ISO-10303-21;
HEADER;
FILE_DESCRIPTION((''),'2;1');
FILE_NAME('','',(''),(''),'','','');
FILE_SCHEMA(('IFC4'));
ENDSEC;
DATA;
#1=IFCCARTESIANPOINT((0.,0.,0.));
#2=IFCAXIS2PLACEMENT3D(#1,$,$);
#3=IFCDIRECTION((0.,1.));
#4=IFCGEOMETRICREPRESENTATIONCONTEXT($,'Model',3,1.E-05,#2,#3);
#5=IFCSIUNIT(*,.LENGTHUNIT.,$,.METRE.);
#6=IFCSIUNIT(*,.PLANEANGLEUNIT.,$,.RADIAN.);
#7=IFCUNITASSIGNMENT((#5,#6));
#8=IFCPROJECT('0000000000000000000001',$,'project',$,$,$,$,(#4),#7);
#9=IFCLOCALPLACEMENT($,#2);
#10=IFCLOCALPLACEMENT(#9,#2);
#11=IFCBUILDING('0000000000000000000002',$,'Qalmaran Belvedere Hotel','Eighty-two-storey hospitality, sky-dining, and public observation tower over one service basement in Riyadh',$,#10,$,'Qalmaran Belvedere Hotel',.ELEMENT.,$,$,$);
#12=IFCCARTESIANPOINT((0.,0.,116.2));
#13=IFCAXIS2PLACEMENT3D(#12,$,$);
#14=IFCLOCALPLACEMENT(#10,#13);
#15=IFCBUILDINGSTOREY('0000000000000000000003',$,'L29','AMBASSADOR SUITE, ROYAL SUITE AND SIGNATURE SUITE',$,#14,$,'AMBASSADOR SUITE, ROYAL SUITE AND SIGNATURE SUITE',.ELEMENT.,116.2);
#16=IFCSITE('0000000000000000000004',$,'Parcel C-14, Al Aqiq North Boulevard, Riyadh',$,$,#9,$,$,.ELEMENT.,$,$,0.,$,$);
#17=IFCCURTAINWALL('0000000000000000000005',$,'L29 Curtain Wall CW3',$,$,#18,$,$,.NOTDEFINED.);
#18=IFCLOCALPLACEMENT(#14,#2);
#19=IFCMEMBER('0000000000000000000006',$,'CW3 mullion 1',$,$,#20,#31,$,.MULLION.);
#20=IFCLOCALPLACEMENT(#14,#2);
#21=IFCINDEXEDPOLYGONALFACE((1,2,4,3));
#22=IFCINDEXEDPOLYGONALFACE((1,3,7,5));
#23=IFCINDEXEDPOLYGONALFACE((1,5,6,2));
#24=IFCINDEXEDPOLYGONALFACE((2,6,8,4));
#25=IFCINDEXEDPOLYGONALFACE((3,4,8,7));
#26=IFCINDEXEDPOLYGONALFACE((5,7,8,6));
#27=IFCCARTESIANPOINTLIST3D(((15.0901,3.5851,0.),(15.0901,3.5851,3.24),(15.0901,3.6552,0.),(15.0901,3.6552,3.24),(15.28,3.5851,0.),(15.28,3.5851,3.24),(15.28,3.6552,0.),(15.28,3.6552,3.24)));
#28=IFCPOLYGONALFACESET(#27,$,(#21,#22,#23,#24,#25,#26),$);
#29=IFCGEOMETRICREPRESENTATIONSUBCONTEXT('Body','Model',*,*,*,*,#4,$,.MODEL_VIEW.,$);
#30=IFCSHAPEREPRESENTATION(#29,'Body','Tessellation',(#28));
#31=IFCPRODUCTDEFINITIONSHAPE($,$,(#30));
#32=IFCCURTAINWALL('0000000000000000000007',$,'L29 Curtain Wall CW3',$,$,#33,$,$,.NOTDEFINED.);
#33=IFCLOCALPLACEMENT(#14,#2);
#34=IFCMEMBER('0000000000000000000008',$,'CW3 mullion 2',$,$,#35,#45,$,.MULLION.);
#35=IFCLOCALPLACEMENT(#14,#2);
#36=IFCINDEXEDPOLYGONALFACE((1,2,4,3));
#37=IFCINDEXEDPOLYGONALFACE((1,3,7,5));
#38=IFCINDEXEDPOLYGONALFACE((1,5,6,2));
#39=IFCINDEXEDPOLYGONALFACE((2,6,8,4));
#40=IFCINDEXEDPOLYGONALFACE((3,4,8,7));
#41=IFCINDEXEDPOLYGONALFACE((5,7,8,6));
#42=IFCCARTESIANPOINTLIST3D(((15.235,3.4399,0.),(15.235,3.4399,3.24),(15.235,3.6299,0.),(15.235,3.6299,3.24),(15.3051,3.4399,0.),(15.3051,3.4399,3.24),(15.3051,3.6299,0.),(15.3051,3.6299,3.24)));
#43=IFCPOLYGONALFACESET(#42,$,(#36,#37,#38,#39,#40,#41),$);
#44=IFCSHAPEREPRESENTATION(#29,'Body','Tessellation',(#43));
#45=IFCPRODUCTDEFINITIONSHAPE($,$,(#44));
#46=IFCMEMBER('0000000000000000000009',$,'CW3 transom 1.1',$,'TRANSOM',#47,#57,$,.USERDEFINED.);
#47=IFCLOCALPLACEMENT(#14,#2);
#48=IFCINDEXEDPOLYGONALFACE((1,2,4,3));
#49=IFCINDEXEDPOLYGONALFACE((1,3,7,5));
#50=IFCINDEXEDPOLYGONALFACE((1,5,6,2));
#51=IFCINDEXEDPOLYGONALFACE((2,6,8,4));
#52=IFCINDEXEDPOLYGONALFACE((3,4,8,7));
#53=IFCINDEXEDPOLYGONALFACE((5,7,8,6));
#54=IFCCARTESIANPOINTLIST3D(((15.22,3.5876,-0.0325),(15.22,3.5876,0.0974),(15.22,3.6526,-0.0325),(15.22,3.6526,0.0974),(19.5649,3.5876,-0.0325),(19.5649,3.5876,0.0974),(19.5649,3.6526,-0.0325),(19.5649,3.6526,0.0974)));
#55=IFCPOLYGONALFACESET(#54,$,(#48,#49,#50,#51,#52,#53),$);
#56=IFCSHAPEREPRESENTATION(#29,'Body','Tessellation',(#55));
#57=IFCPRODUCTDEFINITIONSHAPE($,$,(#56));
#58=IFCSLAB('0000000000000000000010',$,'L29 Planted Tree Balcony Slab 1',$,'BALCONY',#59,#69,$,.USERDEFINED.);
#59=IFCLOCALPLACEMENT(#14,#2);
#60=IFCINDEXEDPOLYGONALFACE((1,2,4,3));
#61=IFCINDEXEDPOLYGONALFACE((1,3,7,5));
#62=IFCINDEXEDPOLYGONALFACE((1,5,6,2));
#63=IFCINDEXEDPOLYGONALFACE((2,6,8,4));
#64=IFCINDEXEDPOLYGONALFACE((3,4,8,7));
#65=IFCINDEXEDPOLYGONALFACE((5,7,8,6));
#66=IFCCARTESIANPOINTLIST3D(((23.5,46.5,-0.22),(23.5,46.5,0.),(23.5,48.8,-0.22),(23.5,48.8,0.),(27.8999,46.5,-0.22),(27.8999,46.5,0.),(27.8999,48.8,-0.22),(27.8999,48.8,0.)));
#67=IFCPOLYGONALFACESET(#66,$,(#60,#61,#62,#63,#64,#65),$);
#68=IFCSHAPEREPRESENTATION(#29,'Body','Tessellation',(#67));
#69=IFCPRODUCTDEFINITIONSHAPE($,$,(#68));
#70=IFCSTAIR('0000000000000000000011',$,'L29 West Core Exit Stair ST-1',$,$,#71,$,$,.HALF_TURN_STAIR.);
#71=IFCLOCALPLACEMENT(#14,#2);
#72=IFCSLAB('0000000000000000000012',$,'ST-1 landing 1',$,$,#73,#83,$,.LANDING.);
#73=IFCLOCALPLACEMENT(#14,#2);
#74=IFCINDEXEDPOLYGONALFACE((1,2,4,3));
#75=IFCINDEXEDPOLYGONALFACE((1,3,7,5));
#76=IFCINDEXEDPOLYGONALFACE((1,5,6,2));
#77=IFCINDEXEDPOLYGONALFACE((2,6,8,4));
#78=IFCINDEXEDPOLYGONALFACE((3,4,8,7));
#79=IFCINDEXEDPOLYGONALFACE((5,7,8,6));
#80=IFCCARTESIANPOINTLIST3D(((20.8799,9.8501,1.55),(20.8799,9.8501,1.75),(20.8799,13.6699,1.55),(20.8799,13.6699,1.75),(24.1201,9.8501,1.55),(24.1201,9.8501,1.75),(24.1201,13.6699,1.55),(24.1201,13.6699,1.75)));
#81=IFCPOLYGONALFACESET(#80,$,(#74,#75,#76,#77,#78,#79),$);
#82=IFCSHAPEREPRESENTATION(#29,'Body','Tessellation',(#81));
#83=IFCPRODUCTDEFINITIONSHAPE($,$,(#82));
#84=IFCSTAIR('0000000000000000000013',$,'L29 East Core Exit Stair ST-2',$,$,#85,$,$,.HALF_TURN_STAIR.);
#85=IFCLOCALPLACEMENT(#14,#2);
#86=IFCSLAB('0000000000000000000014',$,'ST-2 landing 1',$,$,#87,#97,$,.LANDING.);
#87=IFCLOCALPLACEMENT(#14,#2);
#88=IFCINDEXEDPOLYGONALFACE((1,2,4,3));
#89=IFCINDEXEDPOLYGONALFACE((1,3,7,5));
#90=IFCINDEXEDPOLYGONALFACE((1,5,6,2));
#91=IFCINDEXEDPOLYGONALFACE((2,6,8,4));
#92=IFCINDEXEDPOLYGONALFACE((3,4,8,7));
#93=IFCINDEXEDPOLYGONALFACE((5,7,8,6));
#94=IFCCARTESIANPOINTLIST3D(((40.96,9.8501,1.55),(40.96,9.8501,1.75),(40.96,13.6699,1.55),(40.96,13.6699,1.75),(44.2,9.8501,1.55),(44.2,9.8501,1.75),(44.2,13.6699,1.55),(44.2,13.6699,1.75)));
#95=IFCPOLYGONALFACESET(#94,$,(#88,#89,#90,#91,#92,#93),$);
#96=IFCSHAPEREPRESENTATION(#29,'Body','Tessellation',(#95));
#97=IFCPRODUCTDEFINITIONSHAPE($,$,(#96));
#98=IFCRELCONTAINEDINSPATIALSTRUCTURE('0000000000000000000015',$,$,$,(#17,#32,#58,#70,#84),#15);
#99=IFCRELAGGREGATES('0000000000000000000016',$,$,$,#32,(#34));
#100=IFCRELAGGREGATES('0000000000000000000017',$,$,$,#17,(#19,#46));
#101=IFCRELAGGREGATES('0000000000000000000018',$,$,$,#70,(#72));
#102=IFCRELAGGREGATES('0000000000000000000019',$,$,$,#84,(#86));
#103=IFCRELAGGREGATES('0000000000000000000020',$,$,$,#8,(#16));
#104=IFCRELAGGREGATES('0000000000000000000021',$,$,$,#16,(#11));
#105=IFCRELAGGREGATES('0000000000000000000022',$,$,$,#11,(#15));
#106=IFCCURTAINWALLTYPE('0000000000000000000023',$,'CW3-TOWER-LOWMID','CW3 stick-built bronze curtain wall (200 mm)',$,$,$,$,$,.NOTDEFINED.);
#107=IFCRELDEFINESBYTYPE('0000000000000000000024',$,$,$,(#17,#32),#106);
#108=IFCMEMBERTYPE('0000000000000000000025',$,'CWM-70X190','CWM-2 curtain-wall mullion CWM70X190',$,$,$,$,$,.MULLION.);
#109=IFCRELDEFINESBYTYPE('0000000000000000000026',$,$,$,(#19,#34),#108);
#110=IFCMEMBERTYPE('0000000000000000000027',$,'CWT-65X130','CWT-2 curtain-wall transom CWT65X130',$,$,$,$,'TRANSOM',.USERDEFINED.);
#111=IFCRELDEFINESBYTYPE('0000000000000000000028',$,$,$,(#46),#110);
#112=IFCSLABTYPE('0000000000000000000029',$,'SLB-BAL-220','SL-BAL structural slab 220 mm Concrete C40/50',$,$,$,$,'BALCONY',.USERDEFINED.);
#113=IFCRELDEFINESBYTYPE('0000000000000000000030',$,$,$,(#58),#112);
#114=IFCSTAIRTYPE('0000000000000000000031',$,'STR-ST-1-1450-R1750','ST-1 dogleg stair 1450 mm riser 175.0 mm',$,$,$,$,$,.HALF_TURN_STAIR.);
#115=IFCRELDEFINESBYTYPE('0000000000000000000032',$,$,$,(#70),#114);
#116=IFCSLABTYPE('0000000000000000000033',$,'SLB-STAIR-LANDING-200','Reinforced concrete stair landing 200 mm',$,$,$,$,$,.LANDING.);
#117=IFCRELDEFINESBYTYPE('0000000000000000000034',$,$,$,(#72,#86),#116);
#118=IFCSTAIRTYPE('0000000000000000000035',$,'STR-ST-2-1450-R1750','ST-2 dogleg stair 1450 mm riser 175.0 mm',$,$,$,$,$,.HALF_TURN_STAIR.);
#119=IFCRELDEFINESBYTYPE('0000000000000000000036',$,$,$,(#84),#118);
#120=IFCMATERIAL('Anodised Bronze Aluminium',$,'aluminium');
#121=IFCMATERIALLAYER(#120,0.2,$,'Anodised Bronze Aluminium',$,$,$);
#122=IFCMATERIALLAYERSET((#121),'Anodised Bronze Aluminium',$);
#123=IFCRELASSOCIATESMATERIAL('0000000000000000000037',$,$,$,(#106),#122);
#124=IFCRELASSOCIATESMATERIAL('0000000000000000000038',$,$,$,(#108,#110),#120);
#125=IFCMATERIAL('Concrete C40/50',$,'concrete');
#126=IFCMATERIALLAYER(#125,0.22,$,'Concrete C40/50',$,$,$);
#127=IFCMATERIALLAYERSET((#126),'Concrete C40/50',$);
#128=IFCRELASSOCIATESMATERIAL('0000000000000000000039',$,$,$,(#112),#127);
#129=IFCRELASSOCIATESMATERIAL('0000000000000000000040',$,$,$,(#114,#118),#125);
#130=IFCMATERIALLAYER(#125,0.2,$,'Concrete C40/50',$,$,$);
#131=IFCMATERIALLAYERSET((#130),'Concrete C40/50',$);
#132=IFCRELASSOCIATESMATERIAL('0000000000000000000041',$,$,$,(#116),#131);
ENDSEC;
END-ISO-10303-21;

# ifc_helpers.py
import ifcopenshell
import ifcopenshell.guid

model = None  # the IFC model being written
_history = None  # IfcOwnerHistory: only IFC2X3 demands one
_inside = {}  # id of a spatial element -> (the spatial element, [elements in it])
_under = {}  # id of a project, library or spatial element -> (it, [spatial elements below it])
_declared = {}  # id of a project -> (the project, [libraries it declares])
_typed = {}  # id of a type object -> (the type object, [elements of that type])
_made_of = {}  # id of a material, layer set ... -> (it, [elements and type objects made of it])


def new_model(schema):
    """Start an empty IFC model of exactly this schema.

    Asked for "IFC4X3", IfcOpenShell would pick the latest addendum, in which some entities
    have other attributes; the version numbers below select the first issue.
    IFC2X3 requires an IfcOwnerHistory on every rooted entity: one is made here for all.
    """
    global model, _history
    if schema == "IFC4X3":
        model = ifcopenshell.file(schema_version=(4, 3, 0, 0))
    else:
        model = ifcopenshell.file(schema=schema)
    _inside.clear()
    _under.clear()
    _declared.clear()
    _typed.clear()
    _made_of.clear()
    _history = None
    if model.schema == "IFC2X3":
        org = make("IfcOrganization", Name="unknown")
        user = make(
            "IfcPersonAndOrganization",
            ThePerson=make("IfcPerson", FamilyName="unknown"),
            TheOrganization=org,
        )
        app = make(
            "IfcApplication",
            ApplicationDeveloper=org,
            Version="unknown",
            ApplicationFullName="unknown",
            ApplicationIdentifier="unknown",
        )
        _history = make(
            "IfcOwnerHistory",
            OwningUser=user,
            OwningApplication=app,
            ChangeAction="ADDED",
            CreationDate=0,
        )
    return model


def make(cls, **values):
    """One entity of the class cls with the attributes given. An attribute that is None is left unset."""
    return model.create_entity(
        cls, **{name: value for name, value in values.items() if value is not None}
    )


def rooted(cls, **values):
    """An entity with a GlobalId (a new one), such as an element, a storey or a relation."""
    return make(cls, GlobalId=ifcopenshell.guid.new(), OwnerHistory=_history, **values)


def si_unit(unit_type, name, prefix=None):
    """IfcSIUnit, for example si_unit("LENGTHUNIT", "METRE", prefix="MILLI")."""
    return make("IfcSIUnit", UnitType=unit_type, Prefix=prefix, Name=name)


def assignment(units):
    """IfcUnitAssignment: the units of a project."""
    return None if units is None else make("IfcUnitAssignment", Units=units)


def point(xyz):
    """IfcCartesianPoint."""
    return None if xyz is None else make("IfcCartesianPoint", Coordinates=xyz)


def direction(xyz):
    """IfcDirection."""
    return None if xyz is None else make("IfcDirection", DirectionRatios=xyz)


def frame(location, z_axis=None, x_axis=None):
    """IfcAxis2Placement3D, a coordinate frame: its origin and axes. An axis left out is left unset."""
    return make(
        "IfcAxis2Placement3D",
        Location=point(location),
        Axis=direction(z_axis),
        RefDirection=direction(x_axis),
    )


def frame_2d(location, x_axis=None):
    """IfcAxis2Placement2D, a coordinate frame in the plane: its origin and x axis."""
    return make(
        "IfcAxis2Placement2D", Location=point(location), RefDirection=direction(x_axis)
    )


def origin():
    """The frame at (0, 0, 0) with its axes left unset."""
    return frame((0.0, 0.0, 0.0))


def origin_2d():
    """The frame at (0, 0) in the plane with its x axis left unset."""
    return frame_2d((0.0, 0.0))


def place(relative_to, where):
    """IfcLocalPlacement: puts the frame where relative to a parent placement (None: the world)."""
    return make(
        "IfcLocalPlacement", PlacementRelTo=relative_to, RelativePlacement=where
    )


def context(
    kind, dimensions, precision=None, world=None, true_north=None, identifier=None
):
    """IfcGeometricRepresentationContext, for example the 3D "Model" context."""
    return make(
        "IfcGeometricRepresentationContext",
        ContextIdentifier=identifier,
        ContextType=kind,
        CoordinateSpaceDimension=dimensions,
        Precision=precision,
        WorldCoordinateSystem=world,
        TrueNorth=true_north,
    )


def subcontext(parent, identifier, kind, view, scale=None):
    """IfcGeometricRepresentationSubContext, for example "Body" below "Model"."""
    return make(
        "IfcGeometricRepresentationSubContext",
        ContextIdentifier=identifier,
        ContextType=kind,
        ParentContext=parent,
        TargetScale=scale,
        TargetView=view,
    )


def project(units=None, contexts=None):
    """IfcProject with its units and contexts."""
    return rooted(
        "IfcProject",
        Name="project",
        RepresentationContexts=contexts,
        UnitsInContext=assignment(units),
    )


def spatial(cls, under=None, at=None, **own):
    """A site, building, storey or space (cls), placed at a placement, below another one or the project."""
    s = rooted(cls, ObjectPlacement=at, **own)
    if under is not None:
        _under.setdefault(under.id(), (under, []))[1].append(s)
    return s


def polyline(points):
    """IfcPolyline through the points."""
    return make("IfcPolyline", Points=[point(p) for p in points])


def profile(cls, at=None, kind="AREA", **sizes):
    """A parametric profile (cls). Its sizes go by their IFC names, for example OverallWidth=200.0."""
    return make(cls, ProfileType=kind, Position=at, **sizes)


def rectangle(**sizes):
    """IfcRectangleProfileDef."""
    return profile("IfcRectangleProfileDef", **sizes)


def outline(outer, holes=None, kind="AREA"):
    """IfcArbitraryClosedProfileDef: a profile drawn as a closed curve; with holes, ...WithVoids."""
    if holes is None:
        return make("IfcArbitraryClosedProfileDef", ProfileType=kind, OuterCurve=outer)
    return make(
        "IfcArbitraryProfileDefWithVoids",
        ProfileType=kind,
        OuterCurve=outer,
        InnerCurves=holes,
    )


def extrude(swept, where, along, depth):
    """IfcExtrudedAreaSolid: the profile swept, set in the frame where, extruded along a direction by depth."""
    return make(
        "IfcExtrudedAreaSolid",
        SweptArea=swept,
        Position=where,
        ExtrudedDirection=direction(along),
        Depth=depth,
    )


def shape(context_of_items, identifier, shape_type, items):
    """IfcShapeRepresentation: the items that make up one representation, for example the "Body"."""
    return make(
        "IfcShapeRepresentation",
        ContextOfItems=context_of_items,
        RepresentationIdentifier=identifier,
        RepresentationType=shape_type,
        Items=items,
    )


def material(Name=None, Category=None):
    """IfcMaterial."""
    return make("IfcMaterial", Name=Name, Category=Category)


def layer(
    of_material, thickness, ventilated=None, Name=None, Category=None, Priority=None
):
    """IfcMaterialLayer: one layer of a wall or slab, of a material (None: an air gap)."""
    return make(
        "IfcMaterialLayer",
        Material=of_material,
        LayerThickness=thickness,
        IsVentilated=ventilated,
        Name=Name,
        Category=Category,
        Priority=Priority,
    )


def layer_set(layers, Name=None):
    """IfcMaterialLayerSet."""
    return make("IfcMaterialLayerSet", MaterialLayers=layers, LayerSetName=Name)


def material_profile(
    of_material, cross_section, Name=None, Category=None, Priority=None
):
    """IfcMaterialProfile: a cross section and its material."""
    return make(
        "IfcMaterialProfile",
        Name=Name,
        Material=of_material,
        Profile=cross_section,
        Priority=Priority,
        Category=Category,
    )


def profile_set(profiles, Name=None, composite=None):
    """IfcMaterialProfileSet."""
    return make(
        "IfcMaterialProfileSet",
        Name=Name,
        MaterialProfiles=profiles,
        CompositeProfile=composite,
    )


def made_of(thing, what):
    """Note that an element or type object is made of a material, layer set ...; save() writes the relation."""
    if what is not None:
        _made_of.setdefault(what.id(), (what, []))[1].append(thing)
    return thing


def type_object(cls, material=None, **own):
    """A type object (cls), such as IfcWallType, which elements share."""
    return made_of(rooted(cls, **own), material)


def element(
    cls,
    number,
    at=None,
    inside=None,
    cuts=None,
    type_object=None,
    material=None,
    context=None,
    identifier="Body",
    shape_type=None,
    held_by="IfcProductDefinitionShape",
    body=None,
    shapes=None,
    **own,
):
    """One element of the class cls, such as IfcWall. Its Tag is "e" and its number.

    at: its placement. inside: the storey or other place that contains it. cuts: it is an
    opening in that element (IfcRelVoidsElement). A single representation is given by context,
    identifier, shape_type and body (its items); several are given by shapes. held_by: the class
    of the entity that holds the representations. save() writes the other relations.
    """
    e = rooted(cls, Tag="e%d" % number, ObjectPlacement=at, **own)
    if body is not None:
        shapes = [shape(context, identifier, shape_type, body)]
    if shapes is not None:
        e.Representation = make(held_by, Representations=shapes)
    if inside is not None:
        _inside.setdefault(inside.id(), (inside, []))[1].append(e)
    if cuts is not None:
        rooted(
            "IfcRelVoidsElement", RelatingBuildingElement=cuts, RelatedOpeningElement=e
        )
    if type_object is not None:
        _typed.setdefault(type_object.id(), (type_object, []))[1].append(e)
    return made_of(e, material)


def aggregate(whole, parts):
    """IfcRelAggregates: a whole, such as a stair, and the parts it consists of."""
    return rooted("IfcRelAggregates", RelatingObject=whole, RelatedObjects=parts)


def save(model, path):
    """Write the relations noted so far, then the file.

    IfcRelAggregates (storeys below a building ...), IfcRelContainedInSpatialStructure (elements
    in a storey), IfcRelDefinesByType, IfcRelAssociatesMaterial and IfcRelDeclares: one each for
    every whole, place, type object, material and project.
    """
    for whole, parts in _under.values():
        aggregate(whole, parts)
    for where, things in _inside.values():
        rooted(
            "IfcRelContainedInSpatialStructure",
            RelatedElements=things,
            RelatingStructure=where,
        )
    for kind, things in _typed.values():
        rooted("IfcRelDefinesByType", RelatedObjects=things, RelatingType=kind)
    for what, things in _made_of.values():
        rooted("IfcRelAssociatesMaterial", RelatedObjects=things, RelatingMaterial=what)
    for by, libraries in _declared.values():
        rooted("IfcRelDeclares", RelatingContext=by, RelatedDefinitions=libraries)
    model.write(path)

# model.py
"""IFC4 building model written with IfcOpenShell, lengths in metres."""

from ifc_helpers import new_model, si_unit, direction, frame, origin, origin_2d, place, context, subcontext, project, spatial, polyline, rectangle, outline, extrude, material, layer, layer_set, material_profile, profile_set, type_object, element, aggregate, save


model = new_model("IFC4")

# Units and contexts
model_context = context("Model", 3, precision=1e-05, world=origin(), true_north=direction((0.0, 1.0)))
body_context = subcontext(model_context, "Body", "Model", "MODEL_VIEW")
ifc_project = project(units=[si_unit("LENGTHUNIT", "METRE"), si_unit("PLANEANGLEUNIT", "RADIAN")], contexts=[model_context])

# Site, building, storey
site_placement = place(None, origin())
site = spatial("IfcSite", under=ifc_project, at=site_placement, Name="Parcel C-14, Al Aqiq North Boulevard, Riyadh", CompositionType="ELEMENT", RefElevation=0.0)
building_placement = place(site_placement, origin())
building = spatial("IfcBuilding", under=site, at=building_placement, Name="Qalmaran Belvedere Hotel", Description="Eighty-two-storey hospitality, sky-dining, and public observation tower over one service basement in Riyadh", LongName="Qalmaran Belvedere Hotel", CompositionType="ELEMENT")
storey_placement = place(building_placement, frame((0.0, 0.0, 116.2)))
storey = spatial("IfcBuildingStorey", under=building, at=storey_placement, Name="L29", Description="AMBASSADOR SUITE, ROYAL SUITE AND SIGNATURE SUITE", LongName="AMBASSADOR SUITE, ROYAL SUITE AND SIGNATURE SUITE", CompositionType="ELEMENT", Elevation=116.2)

# Curtain walls, members
ifc_material_1 = material(Name="Anodised Bronze Aluminium", Category="aluminium")
ifc_layer_1 = layer(ifc_material_1, 0.2, Name="Anodised Bronze Aluminium")
ifc_layer_set_1 = layer_set([ifc_layer_1], Name="Anodised Bronze Aluminium")
curtain_wall_type = type_object("IfcCurtainWallType", Name="CW3-TOWER-LOWMID", Description="CW3 stick-built bronze curtain wall (200 mm)", PredefinedType="NOTDEFINED", material=ifc_layer_set_1)
curtain_wall_1_placement = place(storey_placement, origin())
curtain_wall_1 = element("IfcCurtainWall", 1, at=curtain_wall_1_placement, inside=storey, type_object=curtain_wall_type, Name="L29 Curtain Wall CW3", PredefinedType="NOTDEFINED")
ifc_material_profile_1 = material_profile(ifc_material_1, rectangle(XDim=0.0701, YDim=0.1899, at=origin_2d()), Name="CWM70X190")
ifc_profile_set_1 = profile_set([ifc_material_profile_1], Name="Anodised Bronze Aluminium")
member_type_1 = type_object("IfcMemberType", Name="CWM-70X190", Description="CWM-2 curtain-wall mullion CWM70X190", PredefinedType="MULLION", material=ifc_profile_set_1)
member_1_placement = place(storey_placement, frame((15.1851, 3.6201, 0.0), z_axis=(0.0, 0.0, 1.0), x_axis=(0.0, 1.0, 0.0)))
member_1 = element("IfcMember", 2, at=member_1_placement, type_object=member_type_1, Name="CW3 mullion 1", PredefinedType="MULLION", context=body_context, shape_type="SweptSolid", body=[
    extrude(rectangle(XDim=0.0701, YDim=0.1899, at=origin_2d()), origin(), (0.0, 0.0, 1.0), 3.24),
])
curtain_wall_2_placement = place(storey_placement, origin())
curtain_wall_2 = element("IfcCurtainWall", 3, at=curtain_wall_2_placement, inside=storey, type_object=curtain_wall_type, Name="L29 Curtain Wall CW3", PredefinedType="NOTDEFINED")
member_2_placement = place(storey_placement, frame((15.27, 3.5349, 0.0), z_axis=(0.0, 0.0, 1.0), x_axis=(1.0, 0.0, 0.0)))
member_2 = element("IfcMember", 4, at=member_2_placement, type_object=member_type_1, Name="CW3 mullion 2", PredefinedType="MULLION", context=body_context, shape_type="SweptSolid", body=[
    extrude(rectangle(XDim=0.0701, YDim=0.1899, at=origin_2d()), origin(), (0.0, 0.0, 1.0), 3.24),
])
aggregate(curtain_wall_2, [member_2])

# Member
ifc_material_profile_2 = material_profile(ifc_material_1, rectangle(XDim=0.0649, YDim=0.1299, at=origin_2d()), Name="CWT65X130")
ifc_profile_set_2 = profile_set([ifc_material_profile_2], Name="Anodised Bronze Aluminium")
member_type_2 = type_object("IfcMemberType", Name="CWT-65X130", Description="CWT-2 curtain-wall transom CWT65X130", ElementType="TRANSOM", PredefinedType="USERDEFINED", material=ifc_profile_set_2)
member_3_placement = place(storey_placement, frame((15.22, 3.6201, 0.0325), z_axis=(1.0, 0.0, 0.0), x_axis=(0.0, 1.0, 0.0)))
member_3 = element("IfcMember", 5, at=member_3_placement, type_object=member_type_2, Name="CW3 transom 1.1", ObjectType="TRANSOM", PredefinedType="USERDEFINED", context=body_context, shape_type="SweptSolid", body=[
    extrude(rectangle(XDim=0.0649, YDim=0.1299, at=origin_2d()), origin(), (0.0, 0.0, 1.0), 4.345),
])
aggregate(curtain_wall_1, [member_1, member_3])

# Slab
ifc_material_2 = material(Name="Concrete C40/50", Category="concrete")
ifc_layer_2 = layer(ifc_material_2, 0.22, Name="Concrete C40/50")
ifc_layer_set_2 = layer_set([ifc_layer_2], Name="Concrete C40/50")
slab_type_1 = type_object("IfcSlabType", Name="SLB-BAL-220", Description="SL-BAL structural slab 220 mm Concrete C40/50", ElementType="BALCONY", PredefinedType="USERDEFINED", material=ifc_layer_set_2)
slab_1_placement = place(storey_placement, frame((0.0, 0.0, -0.22)))
element("IfcSlab", 6, at=slab_1_placement, inside=storey, type_object=slab_type_1, Name="L29 Planted Tree Balcony Slab 1", ObjectType="BALCONY", PredefinedType="USERDEFINED", context=body_context, shape_type="SweptSolid", body=[
    extrude(outline(polyline([(23.5, 46.5), (27.8999, 46.5), (27.8999, 48.8), (23.5, 48.8), (23.5, 46.5)])), origin(), (0.0, 0.0, 1.0), 0.22),
])

# Stairs, slabs
stair_type_1 = type_object("IfcStairType", Name="STR-ST-1-1450-R1750", Description="ST-1 dogleg stair 1450 mm riser 175.0 mm", PredefinedType="HALF_TURN_STAIR", material=ifc_material_2)
stair_1_placement = place(storey_placement, origin())
stair_1 = element("IfcStair", 7, at=stair_1_placement, inside=storey, type_object=stair_type_1, Name="L29 West Core Exit Stair ST-1", PredefinedType="HALF_TURN_STAIR")
ifc_layer_3 = layer(ifc_material_2, 0.2, Name="Concrete C40/50")
ifc_layer_set_3 = layer_set([ifc_layer_3], Name="Concrete C40/50")
slab_type_2 = type_object("IfcSlabType", Name="SLB-STAIR-LANDING-200", Description="Reinforced concrete stair landing 200 mm", PredefinedType="LANDING", material=ifc_layer_set_3)
slab_2_placement = place(storey_placement, frame((0.0, 0.0, 1.55)))
slab_2 = element("IfcSlab", 8, at=slab_2_placement, type_object=slab_type_2, Name="ST-1 landing 1", PredefinedType="LANDING", context=body_context, shape_type="SweptSolid", body=[
    extrude(outline(polyline([(20.8799, 13.6699), (20.8799, 9.8501), (24.1201, 9.8501), (24.1201, 13.6699), (20.8799, 13.6699)])), origin(), (0.0, 0.0, 1.0), 0.2),
])
aggregate(stair_1, [slab_2])
stair_type_2 = type_object("IfcStairType", Name="STR-ST-2-1450-R1750", Description="ST-2 dogleg stair 1450 mm riser 175.0 mm", PredefinedType="HALF_TURN_STAIR", material=ifc_material_2)
stair_2_placement = place(storey_placement, origin())
stair_2 = element("IfcStair", 9, at=stair_2_placement, inside=storey, type_object=stair_type_2, Name="L29 East Core Exit Stair ST-2", PredefinedType="HALF_TURN_STAIR")
slab_3_placement = place(storey_placement, frame((0.0, 0.0, 1.55)))
slab_3 = element("IfcSlab", 10, at=slab_3_placement, type_object=slab_type_2, Name="ST-2 landing 1", PredefinedType="LANDING", context=body_context, shape_type="SweptSolid", body=[
    extrude(outline(polyline([(40.96, 13.6699), (40.96, 9.8501), (44.2, 9.8501), (44.2, 13.6699), (40.96, 13.6699)])), origin(), (0.0, 0.0, 1.0), 0.2),
])
aggregate(stair_2, [slab_3])

save(model, "model.ifc")
